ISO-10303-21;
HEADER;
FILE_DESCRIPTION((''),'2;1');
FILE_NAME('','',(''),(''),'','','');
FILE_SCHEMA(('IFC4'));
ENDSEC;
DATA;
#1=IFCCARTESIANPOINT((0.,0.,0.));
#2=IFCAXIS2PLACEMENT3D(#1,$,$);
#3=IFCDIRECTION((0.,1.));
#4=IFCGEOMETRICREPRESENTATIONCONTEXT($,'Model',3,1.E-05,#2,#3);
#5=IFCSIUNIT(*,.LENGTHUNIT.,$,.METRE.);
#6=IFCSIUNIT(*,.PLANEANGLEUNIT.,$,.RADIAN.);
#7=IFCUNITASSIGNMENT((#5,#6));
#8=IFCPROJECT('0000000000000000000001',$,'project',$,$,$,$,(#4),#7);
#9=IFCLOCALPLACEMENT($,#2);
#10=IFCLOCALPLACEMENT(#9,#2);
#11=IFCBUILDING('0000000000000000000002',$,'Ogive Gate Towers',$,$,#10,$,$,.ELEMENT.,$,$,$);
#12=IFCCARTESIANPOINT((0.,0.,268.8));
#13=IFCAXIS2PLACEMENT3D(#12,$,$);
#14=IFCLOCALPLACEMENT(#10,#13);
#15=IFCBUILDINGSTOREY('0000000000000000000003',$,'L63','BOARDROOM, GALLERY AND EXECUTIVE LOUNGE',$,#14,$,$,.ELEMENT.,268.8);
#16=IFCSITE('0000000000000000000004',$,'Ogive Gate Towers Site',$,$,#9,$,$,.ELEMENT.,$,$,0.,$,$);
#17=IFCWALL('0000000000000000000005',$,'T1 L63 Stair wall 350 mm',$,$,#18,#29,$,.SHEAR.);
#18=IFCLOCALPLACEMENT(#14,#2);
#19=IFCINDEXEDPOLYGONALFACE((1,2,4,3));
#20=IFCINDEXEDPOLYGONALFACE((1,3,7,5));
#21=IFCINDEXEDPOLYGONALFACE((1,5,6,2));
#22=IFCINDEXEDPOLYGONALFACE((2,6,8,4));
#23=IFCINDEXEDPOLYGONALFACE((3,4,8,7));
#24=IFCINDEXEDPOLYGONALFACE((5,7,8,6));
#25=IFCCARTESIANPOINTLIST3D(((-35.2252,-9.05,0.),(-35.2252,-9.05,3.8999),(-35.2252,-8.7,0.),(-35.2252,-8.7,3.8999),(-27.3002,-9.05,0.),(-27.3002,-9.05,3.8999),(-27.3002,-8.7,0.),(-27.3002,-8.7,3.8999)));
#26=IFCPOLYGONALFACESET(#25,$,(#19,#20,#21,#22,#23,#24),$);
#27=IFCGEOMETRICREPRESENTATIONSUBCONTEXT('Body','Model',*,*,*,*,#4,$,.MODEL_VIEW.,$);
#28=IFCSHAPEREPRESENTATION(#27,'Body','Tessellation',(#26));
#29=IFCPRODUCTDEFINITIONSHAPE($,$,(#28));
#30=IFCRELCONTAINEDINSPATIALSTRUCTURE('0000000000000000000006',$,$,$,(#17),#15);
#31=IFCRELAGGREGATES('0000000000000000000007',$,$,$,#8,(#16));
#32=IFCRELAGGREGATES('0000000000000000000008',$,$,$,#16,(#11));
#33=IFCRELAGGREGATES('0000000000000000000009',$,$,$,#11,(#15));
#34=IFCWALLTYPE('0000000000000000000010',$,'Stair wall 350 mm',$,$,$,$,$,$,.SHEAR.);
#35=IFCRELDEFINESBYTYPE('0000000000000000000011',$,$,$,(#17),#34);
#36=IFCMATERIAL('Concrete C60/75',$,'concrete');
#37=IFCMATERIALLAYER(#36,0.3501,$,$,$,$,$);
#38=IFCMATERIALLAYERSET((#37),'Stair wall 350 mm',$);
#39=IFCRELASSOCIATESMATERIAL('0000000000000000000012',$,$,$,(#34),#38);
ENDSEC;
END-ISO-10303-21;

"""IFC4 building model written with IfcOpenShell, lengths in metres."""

from ifc_helpers import new_model, si_unit, direction, frame, frame_2d, origin, place, context, subcontext, project, spatial, rectangle, extrude, material, layer, layer_set, type_object, element, save


model = new_model("IFC4")

# Units and contexts
model_context = context("Model", 3, precision=1e-05, world=origin(), true_north=direction((0.0, 1.0)))
body_context = subcontext(model_context, "Body", "Model", "MODEL_VIEW")
ifc_project = project(units=[si_unit("LENGTHUNIT", "METRE"), si_unit("PLANEANGLEUNIT", "RADIAN")], contexts=[model_context])

# Site, building, storey
site_placement = place(None, origin())
site = spatial("IfcSite", under=ifc_project, at=site_placement, Name="Ogive Gate Towers Site", CompositionType="ELEMENT", RefElevation=0.0)
building_placement = place(site_placement, origin())
building = spatial("IfcBuilding", under=site, at=building_placement, Name="Ogive Gate Towers", CompositionType="ELEMENT")
storey_placement = place(building_placement, frame((0.0, 0.0, 268.8)))
storey = spatial("IfcBuildingStorey", under=building, at=storey_placement, Name="L63", Description="BOARDROOM, GALLERY AND EXECUTIVE LOUNGE", CompositionType="ELEMENT", Elevation=268.8)

# Shared definitions
ifc_material_1 = material(Name="Concrete C60/75", Category="concrete")

# Wall
ifc_layer_1 = layer(ifc_material_1, 0.3501)
ifc_layer_set_1 = layer_set([ifc_layer_1], Name="Stair wall 350 mm")
wall_type_1 = type_object("IfcWallType", Name="Stair wall 350 mm", PredefinedType="SHEAR", material=ifc_layer_set_1)
wall_1_placement = place(storey_placement, frame((-35.2251, -8.875, 0.0), z_axis=(0.0, 0.0, 1.0), x_axis=(1.0, 0.0, 0.0)))
element("IfcWall", 1, at=wall_1_placement, inside=storey, type_object=wall_type_1, Name="T1 L63 Stair wall 350 mm", PredefinedType="SHEAR", context=body_context, shape_type="SweptSolid", body=[
    extrude(rectangle(XDim=7.925, YDim=0.3501, at=frame_2d((3.9624, 0.0))), origin(), (0.0, 0.0, 1.0), 3.8999),
])

save(model, "model.ifc")
